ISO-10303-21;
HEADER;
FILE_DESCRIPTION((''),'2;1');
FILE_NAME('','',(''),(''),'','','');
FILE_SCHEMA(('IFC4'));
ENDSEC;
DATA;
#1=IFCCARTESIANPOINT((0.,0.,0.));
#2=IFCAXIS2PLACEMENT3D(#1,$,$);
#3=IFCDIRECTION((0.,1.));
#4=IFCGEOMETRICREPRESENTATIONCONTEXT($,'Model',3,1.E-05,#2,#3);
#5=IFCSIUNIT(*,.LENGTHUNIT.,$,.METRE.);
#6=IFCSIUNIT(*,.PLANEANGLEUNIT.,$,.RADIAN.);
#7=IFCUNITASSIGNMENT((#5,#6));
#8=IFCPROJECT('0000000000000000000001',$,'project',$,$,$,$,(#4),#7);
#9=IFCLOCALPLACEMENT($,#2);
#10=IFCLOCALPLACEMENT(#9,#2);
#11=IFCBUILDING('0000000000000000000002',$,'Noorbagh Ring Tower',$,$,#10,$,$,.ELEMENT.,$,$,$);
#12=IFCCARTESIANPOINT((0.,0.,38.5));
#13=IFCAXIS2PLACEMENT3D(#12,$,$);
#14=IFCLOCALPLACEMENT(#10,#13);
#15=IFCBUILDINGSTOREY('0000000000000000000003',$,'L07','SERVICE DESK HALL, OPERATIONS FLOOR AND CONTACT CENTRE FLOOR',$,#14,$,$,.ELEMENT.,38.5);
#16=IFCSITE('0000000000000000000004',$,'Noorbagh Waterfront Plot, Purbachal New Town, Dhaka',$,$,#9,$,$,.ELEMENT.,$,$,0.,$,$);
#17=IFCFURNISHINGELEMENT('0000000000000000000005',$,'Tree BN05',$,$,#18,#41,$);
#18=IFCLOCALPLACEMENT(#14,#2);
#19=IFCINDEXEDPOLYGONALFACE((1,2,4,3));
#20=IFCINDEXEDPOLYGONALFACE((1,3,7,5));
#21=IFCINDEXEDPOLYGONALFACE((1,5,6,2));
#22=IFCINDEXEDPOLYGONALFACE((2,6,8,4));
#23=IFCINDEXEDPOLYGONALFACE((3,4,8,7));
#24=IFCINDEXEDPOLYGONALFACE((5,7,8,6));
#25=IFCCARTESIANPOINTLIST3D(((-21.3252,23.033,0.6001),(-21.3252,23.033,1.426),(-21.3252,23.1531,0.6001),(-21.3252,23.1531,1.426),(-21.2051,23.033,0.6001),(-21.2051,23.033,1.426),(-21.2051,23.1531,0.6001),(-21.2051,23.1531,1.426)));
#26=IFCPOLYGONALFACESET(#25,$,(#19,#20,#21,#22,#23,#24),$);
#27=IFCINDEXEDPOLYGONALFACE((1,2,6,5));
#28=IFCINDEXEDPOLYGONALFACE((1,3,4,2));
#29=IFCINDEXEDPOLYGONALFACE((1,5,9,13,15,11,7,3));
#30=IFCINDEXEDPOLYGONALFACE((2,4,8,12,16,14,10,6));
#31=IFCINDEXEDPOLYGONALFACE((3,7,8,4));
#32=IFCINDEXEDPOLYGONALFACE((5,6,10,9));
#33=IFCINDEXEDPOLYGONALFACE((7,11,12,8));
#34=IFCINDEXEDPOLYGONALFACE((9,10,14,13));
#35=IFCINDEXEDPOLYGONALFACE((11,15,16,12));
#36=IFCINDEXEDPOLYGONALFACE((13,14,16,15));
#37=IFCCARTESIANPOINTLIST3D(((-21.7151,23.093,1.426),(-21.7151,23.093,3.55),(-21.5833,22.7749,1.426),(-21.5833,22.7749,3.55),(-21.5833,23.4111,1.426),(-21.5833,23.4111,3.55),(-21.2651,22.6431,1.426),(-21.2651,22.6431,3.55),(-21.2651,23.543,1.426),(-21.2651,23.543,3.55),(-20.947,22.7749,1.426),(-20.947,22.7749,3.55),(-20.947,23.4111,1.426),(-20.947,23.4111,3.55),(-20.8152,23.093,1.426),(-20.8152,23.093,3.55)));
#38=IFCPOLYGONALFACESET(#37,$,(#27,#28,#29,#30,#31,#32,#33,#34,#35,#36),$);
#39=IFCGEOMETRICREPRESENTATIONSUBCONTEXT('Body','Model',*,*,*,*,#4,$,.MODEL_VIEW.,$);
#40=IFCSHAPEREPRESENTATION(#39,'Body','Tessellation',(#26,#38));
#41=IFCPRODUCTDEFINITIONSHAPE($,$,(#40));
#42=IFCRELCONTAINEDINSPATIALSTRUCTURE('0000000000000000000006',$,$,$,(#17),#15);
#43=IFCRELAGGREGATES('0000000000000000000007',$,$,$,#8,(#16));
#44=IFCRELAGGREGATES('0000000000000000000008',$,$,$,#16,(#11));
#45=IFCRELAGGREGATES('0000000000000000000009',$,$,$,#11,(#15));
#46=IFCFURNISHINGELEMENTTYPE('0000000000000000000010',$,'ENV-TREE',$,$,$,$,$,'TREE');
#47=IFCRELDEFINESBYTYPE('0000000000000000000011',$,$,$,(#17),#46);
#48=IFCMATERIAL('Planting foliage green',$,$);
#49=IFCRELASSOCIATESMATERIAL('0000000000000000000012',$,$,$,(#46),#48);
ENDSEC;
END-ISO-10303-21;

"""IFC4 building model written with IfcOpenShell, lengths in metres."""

from ifc_helpers import new_model, si_unit, direction, frame, origin, origin_2d, place, context, subcontext, project, spatial, polyline, rectangle, outline, extrude, material, type_object, element, save


model = new_model("IFC4")

# Units and contexts
model_context = context("Model", 3, precision=1e-05, world=origin(), true_north=direction((0.0, 1.0)))
body_context = subcontext(model_context, "Body", "Model", "MODEL_VIEW")
ifc_project = project(units=[si_unit("LENGTHUNIT", "METRE"), si_unit("PLANEANGLEUNIT", "RADIAN")], contexts=[model_context])

# Site, building, storey
site_placement = place(None, origin())
site = spatial("IfcSite", under=ifc_project, at=site_placement, Name="Noorbagh Waterfront Plot, Purbachal New Town, Dhaka", CompositionType="ELEMENT", RefElevation=0.0)
building_placement = place(site_placement, origin())
building = spatial("IfcBuilding", under=site, at=building_placement, Name="Noorbagh Ring Tower", CompositionType="ELEMENT")
storey_placement = place(building_placement, frame((0.0, 0.0, 38.5)))
storey = spatial("IfcBuildingStorey", under=building, at=storey_placement, Name="L07", Description="SERVICE DESK HALL, OPERATIONS FLOOR AND CONTACT CENTRE FLOOR", CompositionType="ELEMENT", Elevation=38.5)

# Furnishing element
ifc_material_1 = material(Name="Planting foliage green")
furnishing_element_type = type_object("IfcFurnishingElementType", Name="ENV-TREE", ElementType="TREE", material=ifc_material_1)
furnishing_placement = place(storey_placement, frame((-21.2651, 23.093, 0.6001), z_axis=(0.0, 0.0, 1.0), x_axis=(1.0, 0.0, 0.0)))
element("IfcFurnishingElement", 1, at=furnishing_placement, inside=storey, type_object=furnishing_element_type, Name="Tree BN05", context=body_context, shape_type="SweptSolid", body=[
    extrude(rectangle(XDim=0.1201, YDim=0.1201, at=origin_2d()), origin(), (0.0, 0.0, 1.0), 0.8259),
    extrude(outline(polyline([(0.45, 0.0), (0.3181, 0.3181), (0.0, 0.45), (-0.3181, 0.3181), (-0.45, 0.0), (-0.3181, -0.3181), (0.0, -0.45), (0.3181, -0.3181), (0.45, 0.0)])), frame((0.0, 0.0, 0.8259)), (0.0, 0.0, 1.0), 2.124),
])

save(model, "model.ifc")
